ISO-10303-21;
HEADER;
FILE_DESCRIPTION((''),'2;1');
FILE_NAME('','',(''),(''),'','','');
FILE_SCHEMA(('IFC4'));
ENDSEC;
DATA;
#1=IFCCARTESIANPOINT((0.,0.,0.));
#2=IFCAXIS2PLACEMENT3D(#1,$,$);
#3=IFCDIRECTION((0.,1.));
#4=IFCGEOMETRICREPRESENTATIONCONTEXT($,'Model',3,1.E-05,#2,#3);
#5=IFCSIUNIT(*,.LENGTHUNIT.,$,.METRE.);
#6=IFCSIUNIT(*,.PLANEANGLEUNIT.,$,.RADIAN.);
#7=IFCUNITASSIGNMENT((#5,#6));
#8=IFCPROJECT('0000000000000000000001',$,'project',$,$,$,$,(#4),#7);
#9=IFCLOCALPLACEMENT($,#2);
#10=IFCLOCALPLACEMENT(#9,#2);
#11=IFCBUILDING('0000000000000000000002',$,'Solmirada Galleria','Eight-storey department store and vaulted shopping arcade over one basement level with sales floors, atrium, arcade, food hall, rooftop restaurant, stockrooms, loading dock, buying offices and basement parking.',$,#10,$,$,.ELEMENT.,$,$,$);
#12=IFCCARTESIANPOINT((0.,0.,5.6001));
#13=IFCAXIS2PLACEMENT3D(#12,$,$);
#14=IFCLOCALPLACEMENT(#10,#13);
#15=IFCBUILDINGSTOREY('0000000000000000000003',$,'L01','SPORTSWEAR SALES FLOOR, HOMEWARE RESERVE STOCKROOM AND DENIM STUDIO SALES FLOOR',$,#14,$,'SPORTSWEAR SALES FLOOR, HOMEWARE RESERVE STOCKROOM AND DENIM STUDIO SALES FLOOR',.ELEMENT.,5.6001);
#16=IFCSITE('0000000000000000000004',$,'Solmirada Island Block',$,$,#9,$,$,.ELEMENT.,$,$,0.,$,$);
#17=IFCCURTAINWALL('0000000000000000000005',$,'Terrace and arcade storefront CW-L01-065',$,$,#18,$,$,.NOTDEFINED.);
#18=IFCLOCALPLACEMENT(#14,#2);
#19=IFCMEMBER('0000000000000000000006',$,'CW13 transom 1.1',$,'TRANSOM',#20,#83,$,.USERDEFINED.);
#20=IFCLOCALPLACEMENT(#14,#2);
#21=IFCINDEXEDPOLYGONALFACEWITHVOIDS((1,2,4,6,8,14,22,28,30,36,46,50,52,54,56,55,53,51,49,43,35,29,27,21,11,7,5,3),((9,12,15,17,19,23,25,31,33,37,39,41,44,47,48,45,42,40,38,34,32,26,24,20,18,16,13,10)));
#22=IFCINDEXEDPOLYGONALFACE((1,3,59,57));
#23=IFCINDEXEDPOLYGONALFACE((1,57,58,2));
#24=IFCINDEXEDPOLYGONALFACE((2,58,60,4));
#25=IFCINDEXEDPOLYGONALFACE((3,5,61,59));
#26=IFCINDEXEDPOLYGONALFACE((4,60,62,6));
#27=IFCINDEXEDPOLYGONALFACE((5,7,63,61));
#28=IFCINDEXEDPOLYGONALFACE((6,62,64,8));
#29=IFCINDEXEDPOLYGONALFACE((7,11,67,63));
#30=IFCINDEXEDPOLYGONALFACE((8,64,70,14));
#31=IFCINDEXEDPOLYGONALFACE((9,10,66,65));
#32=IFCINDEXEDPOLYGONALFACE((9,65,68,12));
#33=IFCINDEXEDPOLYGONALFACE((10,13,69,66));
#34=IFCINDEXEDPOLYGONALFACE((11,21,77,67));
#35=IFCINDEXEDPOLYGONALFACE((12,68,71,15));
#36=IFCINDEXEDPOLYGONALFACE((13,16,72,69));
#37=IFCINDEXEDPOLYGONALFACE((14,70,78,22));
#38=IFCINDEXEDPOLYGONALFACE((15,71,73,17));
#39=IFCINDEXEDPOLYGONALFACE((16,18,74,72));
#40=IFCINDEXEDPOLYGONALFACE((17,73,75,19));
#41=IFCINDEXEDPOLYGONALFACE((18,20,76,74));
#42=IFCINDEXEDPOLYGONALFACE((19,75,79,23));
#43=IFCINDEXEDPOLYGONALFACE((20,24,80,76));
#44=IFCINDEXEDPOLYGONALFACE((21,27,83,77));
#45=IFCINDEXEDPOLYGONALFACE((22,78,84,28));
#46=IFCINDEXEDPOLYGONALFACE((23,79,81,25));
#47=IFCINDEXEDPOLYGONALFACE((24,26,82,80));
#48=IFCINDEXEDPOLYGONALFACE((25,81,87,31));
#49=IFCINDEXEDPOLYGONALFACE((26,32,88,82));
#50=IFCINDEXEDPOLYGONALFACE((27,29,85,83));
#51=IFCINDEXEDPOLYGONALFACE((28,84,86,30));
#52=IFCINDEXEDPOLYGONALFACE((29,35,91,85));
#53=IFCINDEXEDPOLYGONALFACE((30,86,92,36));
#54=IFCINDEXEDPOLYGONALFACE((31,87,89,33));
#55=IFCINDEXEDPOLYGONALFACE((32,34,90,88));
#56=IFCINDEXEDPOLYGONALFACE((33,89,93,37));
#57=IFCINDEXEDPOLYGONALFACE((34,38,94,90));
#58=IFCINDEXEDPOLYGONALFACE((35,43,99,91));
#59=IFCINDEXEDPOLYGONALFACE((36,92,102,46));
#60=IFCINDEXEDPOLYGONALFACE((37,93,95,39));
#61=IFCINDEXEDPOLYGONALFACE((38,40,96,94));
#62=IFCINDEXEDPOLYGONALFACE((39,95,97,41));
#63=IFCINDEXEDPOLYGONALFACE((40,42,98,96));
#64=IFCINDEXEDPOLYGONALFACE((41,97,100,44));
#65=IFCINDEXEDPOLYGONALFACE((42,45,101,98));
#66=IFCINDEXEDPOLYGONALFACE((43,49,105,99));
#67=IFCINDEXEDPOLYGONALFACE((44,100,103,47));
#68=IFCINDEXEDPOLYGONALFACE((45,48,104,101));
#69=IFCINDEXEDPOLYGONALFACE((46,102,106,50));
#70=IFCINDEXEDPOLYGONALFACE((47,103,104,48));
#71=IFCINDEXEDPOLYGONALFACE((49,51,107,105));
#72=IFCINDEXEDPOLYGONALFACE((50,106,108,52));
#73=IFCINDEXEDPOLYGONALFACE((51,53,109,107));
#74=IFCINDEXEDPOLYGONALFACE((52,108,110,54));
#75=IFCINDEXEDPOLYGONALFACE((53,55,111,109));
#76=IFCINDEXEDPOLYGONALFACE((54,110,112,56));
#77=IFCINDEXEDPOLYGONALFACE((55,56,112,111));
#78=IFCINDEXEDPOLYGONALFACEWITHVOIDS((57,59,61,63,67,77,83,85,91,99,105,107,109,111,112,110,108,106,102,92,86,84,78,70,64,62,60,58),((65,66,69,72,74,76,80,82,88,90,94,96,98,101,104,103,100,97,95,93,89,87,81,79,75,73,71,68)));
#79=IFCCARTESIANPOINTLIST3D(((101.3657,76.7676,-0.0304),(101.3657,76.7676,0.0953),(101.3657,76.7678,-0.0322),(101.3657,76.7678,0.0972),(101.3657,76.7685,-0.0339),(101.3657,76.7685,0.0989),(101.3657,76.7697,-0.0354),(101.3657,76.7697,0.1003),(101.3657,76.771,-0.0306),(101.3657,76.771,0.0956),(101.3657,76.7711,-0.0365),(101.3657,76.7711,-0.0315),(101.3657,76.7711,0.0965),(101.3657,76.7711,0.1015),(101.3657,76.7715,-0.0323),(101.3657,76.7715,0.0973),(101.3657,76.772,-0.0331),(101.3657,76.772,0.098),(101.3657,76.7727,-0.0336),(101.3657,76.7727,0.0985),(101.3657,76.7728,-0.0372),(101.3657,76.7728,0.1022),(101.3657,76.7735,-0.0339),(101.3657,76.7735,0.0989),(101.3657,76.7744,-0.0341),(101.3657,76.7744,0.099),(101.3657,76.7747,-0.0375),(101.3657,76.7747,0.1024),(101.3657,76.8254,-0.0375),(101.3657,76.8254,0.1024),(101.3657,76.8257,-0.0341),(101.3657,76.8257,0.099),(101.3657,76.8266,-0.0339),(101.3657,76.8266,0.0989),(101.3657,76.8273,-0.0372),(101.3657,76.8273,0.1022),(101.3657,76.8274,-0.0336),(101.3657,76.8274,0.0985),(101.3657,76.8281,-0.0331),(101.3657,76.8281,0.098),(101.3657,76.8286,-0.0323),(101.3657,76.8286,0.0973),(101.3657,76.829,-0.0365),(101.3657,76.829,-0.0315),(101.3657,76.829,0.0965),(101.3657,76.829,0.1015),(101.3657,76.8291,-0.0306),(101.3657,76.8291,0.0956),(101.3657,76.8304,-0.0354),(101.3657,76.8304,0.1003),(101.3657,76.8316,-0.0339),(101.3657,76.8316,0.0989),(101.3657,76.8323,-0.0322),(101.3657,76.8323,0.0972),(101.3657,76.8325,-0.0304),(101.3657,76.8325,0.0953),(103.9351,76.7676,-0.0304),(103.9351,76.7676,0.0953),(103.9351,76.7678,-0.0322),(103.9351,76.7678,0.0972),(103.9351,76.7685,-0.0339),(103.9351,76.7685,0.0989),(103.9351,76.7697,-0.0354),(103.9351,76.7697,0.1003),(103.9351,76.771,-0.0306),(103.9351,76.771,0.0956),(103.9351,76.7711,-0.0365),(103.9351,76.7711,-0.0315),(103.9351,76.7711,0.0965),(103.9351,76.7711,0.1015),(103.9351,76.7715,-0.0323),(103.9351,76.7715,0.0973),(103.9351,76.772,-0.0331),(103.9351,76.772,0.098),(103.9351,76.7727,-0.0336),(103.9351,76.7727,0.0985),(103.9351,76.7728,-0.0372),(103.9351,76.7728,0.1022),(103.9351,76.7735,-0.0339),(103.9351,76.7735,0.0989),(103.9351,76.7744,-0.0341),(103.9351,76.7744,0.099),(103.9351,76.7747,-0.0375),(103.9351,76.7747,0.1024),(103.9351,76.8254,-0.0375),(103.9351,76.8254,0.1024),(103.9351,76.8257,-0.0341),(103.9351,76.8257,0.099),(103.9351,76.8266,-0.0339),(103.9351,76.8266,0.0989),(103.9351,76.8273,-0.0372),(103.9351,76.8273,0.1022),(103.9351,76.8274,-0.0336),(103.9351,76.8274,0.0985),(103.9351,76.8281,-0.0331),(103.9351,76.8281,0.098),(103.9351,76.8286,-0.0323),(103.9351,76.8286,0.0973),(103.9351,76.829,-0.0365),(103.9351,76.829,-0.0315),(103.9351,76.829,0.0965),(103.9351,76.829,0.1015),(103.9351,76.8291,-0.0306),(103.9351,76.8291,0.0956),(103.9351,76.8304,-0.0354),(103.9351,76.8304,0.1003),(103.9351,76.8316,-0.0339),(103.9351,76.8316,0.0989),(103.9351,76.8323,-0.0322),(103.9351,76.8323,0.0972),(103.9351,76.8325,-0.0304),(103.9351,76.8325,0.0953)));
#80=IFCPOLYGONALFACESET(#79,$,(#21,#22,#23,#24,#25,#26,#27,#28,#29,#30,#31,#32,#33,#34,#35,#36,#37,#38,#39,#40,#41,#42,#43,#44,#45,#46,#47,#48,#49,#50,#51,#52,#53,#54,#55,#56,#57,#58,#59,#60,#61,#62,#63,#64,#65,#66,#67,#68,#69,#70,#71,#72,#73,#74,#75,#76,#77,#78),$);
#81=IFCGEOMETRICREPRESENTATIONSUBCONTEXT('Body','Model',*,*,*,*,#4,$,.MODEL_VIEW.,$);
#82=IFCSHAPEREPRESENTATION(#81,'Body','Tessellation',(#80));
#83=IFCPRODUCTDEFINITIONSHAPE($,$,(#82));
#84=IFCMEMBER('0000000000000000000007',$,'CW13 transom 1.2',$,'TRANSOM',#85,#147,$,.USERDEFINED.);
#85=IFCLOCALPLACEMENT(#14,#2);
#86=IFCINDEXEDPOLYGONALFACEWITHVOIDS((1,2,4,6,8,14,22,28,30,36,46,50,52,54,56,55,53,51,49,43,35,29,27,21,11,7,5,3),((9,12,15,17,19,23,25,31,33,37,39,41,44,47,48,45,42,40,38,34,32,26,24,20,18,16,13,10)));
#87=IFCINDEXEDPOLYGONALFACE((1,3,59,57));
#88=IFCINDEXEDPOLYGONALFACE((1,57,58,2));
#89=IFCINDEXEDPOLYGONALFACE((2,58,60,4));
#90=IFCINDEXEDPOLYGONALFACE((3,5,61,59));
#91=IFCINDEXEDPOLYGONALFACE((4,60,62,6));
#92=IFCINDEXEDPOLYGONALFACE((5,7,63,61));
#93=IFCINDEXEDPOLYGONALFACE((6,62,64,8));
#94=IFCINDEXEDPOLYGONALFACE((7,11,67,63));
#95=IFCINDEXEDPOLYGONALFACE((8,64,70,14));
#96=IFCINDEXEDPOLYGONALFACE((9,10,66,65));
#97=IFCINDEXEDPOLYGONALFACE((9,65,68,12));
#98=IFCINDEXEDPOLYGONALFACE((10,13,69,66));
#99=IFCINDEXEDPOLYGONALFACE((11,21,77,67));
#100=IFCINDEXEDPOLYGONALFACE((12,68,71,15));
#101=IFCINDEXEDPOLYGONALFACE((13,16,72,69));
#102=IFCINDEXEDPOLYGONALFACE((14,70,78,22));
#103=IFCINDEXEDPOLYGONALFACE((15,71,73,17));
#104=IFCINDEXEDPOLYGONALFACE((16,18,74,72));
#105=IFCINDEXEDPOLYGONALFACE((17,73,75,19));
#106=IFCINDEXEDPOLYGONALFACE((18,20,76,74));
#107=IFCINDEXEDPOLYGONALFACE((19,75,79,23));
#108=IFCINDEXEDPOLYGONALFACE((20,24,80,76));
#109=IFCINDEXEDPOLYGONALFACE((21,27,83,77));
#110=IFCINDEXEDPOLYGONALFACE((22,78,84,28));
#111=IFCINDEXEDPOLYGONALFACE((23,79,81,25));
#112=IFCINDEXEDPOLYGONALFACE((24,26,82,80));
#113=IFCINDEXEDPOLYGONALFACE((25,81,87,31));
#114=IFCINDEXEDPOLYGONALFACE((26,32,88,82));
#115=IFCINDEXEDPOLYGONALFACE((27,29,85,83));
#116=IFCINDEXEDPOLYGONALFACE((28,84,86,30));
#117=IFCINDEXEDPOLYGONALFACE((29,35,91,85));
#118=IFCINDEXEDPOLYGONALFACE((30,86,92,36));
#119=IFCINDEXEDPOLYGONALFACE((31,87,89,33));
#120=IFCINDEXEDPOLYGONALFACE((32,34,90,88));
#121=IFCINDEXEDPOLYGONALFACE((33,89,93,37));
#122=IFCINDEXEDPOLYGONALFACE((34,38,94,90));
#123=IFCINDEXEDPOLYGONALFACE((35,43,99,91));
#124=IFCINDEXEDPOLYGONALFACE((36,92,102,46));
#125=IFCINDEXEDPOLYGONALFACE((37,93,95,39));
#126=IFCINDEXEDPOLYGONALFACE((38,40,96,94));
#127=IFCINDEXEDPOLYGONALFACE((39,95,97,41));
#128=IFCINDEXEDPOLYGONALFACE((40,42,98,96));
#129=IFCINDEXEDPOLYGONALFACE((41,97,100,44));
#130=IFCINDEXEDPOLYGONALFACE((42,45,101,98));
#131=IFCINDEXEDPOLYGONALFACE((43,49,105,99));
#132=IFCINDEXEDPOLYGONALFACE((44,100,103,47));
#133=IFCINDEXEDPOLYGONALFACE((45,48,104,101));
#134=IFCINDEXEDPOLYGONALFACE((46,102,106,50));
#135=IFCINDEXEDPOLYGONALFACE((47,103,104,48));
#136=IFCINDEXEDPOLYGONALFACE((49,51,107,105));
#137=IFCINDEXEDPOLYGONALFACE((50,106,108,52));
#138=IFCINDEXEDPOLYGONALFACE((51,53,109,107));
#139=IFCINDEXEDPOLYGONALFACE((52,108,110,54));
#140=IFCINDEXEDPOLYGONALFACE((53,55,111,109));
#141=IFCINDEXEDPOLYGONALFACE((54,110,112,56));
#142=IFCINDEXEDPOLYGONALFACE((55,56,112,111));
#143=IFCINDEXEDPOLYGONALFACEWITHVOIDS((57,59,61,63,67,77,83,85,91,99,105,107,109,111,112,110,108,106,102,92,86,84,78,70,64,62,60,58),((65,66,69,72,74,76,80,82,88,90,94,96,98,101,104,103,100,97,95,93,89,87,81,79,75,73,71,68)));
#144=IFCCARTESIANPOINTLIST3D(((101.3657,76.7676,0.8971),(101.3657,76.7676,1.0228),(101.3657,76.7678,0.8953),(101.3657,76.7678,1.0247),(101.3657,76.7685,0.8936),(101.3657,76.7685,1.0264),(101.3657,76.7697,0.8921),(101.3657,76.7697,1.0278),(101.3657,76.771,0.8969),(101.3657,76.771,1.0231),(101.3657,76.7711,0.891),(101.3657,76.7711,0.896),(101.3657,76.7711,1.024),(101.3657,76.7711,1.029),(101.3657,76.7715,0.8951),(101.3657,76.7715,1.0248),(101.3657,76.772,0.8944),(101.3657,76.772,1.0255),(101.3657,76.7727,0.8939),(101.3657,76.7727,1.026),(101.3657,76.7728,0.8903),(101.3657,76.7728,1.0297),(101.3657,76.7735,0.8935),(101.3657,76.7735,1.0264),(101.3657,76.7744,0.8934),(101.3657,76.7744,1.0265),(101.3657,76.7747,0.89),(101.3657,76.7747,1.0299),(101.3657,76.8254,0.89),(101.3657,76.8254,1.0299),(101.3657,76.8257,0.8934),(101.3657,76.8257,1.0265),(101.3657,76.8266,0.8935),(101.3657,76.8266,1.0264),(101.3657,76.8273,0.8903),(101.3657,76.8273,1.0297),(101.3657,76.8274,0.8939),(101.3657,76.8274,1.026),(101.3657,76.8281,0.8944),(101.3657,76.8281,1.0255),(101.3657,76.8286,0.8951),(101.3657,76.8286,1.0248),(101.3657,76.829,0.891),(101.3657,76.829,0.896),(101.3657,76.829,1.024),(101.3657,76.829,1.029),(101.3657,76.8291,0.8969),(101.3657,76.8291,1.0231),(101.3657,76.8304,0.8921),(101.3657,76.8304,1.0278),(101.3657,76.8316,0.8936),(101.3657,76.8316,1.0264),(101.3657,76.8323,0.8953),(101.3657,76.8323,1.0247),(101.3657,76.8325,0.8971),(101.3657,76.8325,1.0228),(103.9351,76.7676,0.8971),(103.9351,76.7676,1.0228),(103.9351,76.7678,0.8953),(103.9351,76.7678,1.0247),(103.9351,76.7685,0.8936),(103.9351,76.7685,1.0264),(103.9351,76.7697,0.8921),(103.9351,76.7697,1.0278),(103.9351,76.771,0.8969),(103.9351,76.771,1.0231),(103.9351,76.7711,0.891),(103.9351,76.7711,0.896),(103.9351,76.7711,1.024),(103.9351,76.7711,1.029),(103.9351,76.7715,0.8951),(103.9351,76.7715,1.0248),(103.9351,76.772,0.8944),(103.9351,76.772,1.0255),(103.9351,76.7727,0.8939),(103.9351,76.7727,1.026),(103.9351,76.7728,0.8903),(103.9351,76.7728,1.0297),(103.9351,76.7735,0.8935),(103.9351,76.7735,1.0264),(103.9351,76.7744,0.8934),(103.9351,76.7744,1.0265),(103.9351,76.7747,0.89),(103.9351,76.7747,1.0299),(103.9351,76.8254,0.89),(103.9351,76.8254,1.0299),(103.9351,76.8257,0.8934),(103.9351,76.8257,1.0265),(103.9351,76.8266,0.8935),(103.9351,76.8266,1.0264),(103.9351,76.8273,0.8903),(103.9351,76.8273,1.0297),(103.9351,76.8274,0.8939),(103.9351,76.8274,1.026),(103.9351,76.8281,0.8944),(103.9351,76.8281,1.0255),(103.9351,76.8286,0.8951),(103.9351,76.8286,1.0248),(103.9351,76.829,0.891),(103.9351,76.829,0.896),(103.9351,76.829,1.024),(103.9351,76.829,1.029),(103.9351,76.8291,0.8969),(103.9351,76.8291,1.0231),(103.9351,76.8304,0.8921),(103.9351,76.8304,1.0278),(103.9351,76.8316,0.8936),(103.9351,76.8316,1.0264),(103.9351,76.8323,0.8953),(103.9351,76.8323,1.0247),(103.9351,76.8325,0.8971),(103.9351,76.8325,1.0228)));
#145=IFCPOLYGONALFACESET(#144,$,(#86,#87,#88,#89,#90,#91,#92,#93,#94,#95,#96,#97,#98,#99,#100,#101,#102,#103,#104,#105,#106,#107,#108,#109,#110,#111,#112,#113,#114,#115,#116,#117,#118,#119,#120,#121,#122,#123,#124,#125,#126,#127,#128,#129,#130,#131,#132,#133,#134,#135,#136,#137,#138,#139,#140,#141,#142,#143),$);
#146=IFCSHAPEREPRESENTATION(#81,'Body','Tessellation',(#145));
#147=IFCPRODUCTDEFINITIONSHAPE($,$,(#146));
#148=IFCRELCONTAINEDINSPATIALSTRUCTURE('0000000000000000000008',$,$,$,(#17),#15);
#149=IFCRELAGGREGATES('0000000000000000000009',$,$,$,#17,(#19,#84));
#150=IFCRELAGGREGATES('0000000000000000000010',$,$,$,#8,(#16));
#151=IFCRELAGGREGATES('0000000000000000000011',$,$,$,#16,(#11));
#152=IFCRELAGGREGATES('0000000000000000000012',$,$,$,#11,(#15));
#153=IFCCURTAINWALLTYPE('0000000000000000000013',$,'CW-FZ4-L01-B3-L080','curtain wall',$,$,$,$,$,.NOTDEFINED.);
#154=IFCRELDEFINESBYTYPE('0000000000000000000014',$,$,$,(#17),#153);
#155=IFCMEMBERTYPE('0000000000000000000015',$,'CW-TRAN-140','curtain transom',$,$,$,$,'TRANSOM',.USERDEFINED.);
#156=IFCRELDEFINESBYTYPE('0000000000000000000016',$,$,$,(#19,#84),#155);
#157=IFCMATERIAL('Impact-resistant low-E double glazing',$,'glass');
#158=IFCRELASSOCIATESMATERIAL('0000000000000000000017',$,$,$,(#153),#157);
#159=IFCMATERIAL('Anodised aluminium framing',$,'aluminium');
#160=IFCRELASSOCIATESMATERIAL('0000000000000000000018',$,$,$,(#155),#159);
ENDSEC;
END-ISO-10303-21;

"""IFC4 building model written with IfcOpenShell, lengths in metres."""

from ifc_helpers import new_model, si_unit, direction, frame, origin, origin_2d, place, context, subcontext, project, spatial, hollow_rectangle, extrude, material, material_profile, profile_set, type_object, element, aggregate, save


model = new_model("IFC4")

# Units and contexts
model_context = context("Model", 3, precision=1e-05, world=origin(), true_north=direction((0.0, 1.0)))
body_context = subcontext(model_context, "Body", "Model", "MODEL_VIEW")
ifc_project = project(units=[si_unit("LENGTHUNIT", "METRE"), si_unit("PLANEANGLEUNIT", "RADIAN")], contexts=[model_context])

# Site, building, storey
site_placement = place(None, origin())
site = spatial("IfcSite", under=ifc_project, at=site_placement, Name="Solmirada Island Block", CompositionType="ELEMENT", RefElevation=0.0)
building_placement = place(site_placement, origin())
building = spatial("IfcBuilding", under=site, at=building_placement, Name="Solmirada Galleria", Description="Eight-storey department store and vaulted shopping arcade over one basement level with sales floors, atrium, arcade, food hall, rooftop restaurant, stockrooms, loading dock, buying offices and basement parking.", CompositionType="ELEMENT")
storey_placement = place(building_placement, frame((0.0, 0.0, 5.6001)))
storey = spatial("IfcBuildingStorey", under=building, at=storey_placement, Name="L01", Description="SPORTSWEAR SALES FLOOR, HOMEWARE RESERVE STOCKROOM AND DENIM STUDIO SALES FLOOR", LongName="SPORTSWEAR SALES FLOOR, HOMEWARE RESERVE STOCKROOM AND DENIM STUDIO SALES FLOOR", CompositionType="ELEMENT", Elevation=5.6001)

# Curtain wall, members
ifc_material_1 = material(Name="Impact-resistant low-E double glazing", Category="glass")
curtain_wall_type = type_object("IfcCurtainWallType", Name="CW-FZ4-L01-B3-L080", Description="curtain wall", PredefinedType="NOTDEFINED", material=ifc_material_1)
curtain_wall_placement = place(storey_placement, origin())
curtain_wall = element("IfcCurtainWall", 1, at=curtain_wall_placement, inside=storey, type_object=curtain_wall_type, Name="Terrace and arcade storefront CW-L01-065", PredefinedType="NOTDEFINED")
ifc_material_2 = material(Name="Anodised aluminium framing", Category="aluminium")
ifc_material_profile_1 = material_profile(ifc_material_2, hollow_rectangle(XDim=0.0649, YDim=0.1399, WallThickness=0.0034, InnerFilletRadius=0.0034, OuterFilletRadius=0.0071, at=origin_2d()), Name="ALU-TRAN-140X65")
ifc_profile_set_1 = profile_set([ifc_material_profile_1], Name="Anodised aluminium framing")
member_type_1 = type_object("IfcMemberType", Name="CW-TRAN-140", Description="curtain transom", ElementType="TRANSOM", PredefinedType="USERDEFINED", material=ifc_profile_set_1)
member_1_placement = place(storey_placement, frame((103.9351, 76.8, 0.0325), z_axis=(-1.0, 0.0, 0.0), x_axis=(0.0, -1.0, 0.0)))
member_1 = element("IfcMember", 2, at=member_1_placement, type_object=member_type_1, Name="CW13 transom 1.1", ObjectType="TRANSOM", PredefinedType="USERDEFINED", context=body_context, shape_type="SweptSolid", body=[
    extrude(hollow_rectangle(XDim=0.0649, YDim=0.1399, WallThickness=0.0034, InnerFilletRadius=0.0034, OuterFilletRadius=0.0071, at=origin_2d()), origin(), (0.0, 0.0, 1.0), 2.5693),
])
member_2_placement = place(storey_placement, frame((103.9351, 76.8, 0.96), z_axis=(-1.0, 0.0, 0.0), x_axis=(0.0, -1.0, 0.0)))
member_2 = element("IfcMember", 3, at=member_2_placement, type_object=member_type_1, Name="CW13 transom 1.2", ObjectType="TRANSOM", PredefinedType="USERDEFINED", context=body_context, shape_type="SweptSolid", body=[
    extrude(hollow_rectangle(XDim=0.0649, YDim=0.1399, WallThickness=0.0034, InnerFilletRadius=0.0034, OuterFilletRadius=0.0071, at=origin_2d()), origin(), (0.0, 0.0, 1.0), 2.5693),
])
aggregate(curtain_wall, [member_1, member_2])

save(model, "model.ifc")
